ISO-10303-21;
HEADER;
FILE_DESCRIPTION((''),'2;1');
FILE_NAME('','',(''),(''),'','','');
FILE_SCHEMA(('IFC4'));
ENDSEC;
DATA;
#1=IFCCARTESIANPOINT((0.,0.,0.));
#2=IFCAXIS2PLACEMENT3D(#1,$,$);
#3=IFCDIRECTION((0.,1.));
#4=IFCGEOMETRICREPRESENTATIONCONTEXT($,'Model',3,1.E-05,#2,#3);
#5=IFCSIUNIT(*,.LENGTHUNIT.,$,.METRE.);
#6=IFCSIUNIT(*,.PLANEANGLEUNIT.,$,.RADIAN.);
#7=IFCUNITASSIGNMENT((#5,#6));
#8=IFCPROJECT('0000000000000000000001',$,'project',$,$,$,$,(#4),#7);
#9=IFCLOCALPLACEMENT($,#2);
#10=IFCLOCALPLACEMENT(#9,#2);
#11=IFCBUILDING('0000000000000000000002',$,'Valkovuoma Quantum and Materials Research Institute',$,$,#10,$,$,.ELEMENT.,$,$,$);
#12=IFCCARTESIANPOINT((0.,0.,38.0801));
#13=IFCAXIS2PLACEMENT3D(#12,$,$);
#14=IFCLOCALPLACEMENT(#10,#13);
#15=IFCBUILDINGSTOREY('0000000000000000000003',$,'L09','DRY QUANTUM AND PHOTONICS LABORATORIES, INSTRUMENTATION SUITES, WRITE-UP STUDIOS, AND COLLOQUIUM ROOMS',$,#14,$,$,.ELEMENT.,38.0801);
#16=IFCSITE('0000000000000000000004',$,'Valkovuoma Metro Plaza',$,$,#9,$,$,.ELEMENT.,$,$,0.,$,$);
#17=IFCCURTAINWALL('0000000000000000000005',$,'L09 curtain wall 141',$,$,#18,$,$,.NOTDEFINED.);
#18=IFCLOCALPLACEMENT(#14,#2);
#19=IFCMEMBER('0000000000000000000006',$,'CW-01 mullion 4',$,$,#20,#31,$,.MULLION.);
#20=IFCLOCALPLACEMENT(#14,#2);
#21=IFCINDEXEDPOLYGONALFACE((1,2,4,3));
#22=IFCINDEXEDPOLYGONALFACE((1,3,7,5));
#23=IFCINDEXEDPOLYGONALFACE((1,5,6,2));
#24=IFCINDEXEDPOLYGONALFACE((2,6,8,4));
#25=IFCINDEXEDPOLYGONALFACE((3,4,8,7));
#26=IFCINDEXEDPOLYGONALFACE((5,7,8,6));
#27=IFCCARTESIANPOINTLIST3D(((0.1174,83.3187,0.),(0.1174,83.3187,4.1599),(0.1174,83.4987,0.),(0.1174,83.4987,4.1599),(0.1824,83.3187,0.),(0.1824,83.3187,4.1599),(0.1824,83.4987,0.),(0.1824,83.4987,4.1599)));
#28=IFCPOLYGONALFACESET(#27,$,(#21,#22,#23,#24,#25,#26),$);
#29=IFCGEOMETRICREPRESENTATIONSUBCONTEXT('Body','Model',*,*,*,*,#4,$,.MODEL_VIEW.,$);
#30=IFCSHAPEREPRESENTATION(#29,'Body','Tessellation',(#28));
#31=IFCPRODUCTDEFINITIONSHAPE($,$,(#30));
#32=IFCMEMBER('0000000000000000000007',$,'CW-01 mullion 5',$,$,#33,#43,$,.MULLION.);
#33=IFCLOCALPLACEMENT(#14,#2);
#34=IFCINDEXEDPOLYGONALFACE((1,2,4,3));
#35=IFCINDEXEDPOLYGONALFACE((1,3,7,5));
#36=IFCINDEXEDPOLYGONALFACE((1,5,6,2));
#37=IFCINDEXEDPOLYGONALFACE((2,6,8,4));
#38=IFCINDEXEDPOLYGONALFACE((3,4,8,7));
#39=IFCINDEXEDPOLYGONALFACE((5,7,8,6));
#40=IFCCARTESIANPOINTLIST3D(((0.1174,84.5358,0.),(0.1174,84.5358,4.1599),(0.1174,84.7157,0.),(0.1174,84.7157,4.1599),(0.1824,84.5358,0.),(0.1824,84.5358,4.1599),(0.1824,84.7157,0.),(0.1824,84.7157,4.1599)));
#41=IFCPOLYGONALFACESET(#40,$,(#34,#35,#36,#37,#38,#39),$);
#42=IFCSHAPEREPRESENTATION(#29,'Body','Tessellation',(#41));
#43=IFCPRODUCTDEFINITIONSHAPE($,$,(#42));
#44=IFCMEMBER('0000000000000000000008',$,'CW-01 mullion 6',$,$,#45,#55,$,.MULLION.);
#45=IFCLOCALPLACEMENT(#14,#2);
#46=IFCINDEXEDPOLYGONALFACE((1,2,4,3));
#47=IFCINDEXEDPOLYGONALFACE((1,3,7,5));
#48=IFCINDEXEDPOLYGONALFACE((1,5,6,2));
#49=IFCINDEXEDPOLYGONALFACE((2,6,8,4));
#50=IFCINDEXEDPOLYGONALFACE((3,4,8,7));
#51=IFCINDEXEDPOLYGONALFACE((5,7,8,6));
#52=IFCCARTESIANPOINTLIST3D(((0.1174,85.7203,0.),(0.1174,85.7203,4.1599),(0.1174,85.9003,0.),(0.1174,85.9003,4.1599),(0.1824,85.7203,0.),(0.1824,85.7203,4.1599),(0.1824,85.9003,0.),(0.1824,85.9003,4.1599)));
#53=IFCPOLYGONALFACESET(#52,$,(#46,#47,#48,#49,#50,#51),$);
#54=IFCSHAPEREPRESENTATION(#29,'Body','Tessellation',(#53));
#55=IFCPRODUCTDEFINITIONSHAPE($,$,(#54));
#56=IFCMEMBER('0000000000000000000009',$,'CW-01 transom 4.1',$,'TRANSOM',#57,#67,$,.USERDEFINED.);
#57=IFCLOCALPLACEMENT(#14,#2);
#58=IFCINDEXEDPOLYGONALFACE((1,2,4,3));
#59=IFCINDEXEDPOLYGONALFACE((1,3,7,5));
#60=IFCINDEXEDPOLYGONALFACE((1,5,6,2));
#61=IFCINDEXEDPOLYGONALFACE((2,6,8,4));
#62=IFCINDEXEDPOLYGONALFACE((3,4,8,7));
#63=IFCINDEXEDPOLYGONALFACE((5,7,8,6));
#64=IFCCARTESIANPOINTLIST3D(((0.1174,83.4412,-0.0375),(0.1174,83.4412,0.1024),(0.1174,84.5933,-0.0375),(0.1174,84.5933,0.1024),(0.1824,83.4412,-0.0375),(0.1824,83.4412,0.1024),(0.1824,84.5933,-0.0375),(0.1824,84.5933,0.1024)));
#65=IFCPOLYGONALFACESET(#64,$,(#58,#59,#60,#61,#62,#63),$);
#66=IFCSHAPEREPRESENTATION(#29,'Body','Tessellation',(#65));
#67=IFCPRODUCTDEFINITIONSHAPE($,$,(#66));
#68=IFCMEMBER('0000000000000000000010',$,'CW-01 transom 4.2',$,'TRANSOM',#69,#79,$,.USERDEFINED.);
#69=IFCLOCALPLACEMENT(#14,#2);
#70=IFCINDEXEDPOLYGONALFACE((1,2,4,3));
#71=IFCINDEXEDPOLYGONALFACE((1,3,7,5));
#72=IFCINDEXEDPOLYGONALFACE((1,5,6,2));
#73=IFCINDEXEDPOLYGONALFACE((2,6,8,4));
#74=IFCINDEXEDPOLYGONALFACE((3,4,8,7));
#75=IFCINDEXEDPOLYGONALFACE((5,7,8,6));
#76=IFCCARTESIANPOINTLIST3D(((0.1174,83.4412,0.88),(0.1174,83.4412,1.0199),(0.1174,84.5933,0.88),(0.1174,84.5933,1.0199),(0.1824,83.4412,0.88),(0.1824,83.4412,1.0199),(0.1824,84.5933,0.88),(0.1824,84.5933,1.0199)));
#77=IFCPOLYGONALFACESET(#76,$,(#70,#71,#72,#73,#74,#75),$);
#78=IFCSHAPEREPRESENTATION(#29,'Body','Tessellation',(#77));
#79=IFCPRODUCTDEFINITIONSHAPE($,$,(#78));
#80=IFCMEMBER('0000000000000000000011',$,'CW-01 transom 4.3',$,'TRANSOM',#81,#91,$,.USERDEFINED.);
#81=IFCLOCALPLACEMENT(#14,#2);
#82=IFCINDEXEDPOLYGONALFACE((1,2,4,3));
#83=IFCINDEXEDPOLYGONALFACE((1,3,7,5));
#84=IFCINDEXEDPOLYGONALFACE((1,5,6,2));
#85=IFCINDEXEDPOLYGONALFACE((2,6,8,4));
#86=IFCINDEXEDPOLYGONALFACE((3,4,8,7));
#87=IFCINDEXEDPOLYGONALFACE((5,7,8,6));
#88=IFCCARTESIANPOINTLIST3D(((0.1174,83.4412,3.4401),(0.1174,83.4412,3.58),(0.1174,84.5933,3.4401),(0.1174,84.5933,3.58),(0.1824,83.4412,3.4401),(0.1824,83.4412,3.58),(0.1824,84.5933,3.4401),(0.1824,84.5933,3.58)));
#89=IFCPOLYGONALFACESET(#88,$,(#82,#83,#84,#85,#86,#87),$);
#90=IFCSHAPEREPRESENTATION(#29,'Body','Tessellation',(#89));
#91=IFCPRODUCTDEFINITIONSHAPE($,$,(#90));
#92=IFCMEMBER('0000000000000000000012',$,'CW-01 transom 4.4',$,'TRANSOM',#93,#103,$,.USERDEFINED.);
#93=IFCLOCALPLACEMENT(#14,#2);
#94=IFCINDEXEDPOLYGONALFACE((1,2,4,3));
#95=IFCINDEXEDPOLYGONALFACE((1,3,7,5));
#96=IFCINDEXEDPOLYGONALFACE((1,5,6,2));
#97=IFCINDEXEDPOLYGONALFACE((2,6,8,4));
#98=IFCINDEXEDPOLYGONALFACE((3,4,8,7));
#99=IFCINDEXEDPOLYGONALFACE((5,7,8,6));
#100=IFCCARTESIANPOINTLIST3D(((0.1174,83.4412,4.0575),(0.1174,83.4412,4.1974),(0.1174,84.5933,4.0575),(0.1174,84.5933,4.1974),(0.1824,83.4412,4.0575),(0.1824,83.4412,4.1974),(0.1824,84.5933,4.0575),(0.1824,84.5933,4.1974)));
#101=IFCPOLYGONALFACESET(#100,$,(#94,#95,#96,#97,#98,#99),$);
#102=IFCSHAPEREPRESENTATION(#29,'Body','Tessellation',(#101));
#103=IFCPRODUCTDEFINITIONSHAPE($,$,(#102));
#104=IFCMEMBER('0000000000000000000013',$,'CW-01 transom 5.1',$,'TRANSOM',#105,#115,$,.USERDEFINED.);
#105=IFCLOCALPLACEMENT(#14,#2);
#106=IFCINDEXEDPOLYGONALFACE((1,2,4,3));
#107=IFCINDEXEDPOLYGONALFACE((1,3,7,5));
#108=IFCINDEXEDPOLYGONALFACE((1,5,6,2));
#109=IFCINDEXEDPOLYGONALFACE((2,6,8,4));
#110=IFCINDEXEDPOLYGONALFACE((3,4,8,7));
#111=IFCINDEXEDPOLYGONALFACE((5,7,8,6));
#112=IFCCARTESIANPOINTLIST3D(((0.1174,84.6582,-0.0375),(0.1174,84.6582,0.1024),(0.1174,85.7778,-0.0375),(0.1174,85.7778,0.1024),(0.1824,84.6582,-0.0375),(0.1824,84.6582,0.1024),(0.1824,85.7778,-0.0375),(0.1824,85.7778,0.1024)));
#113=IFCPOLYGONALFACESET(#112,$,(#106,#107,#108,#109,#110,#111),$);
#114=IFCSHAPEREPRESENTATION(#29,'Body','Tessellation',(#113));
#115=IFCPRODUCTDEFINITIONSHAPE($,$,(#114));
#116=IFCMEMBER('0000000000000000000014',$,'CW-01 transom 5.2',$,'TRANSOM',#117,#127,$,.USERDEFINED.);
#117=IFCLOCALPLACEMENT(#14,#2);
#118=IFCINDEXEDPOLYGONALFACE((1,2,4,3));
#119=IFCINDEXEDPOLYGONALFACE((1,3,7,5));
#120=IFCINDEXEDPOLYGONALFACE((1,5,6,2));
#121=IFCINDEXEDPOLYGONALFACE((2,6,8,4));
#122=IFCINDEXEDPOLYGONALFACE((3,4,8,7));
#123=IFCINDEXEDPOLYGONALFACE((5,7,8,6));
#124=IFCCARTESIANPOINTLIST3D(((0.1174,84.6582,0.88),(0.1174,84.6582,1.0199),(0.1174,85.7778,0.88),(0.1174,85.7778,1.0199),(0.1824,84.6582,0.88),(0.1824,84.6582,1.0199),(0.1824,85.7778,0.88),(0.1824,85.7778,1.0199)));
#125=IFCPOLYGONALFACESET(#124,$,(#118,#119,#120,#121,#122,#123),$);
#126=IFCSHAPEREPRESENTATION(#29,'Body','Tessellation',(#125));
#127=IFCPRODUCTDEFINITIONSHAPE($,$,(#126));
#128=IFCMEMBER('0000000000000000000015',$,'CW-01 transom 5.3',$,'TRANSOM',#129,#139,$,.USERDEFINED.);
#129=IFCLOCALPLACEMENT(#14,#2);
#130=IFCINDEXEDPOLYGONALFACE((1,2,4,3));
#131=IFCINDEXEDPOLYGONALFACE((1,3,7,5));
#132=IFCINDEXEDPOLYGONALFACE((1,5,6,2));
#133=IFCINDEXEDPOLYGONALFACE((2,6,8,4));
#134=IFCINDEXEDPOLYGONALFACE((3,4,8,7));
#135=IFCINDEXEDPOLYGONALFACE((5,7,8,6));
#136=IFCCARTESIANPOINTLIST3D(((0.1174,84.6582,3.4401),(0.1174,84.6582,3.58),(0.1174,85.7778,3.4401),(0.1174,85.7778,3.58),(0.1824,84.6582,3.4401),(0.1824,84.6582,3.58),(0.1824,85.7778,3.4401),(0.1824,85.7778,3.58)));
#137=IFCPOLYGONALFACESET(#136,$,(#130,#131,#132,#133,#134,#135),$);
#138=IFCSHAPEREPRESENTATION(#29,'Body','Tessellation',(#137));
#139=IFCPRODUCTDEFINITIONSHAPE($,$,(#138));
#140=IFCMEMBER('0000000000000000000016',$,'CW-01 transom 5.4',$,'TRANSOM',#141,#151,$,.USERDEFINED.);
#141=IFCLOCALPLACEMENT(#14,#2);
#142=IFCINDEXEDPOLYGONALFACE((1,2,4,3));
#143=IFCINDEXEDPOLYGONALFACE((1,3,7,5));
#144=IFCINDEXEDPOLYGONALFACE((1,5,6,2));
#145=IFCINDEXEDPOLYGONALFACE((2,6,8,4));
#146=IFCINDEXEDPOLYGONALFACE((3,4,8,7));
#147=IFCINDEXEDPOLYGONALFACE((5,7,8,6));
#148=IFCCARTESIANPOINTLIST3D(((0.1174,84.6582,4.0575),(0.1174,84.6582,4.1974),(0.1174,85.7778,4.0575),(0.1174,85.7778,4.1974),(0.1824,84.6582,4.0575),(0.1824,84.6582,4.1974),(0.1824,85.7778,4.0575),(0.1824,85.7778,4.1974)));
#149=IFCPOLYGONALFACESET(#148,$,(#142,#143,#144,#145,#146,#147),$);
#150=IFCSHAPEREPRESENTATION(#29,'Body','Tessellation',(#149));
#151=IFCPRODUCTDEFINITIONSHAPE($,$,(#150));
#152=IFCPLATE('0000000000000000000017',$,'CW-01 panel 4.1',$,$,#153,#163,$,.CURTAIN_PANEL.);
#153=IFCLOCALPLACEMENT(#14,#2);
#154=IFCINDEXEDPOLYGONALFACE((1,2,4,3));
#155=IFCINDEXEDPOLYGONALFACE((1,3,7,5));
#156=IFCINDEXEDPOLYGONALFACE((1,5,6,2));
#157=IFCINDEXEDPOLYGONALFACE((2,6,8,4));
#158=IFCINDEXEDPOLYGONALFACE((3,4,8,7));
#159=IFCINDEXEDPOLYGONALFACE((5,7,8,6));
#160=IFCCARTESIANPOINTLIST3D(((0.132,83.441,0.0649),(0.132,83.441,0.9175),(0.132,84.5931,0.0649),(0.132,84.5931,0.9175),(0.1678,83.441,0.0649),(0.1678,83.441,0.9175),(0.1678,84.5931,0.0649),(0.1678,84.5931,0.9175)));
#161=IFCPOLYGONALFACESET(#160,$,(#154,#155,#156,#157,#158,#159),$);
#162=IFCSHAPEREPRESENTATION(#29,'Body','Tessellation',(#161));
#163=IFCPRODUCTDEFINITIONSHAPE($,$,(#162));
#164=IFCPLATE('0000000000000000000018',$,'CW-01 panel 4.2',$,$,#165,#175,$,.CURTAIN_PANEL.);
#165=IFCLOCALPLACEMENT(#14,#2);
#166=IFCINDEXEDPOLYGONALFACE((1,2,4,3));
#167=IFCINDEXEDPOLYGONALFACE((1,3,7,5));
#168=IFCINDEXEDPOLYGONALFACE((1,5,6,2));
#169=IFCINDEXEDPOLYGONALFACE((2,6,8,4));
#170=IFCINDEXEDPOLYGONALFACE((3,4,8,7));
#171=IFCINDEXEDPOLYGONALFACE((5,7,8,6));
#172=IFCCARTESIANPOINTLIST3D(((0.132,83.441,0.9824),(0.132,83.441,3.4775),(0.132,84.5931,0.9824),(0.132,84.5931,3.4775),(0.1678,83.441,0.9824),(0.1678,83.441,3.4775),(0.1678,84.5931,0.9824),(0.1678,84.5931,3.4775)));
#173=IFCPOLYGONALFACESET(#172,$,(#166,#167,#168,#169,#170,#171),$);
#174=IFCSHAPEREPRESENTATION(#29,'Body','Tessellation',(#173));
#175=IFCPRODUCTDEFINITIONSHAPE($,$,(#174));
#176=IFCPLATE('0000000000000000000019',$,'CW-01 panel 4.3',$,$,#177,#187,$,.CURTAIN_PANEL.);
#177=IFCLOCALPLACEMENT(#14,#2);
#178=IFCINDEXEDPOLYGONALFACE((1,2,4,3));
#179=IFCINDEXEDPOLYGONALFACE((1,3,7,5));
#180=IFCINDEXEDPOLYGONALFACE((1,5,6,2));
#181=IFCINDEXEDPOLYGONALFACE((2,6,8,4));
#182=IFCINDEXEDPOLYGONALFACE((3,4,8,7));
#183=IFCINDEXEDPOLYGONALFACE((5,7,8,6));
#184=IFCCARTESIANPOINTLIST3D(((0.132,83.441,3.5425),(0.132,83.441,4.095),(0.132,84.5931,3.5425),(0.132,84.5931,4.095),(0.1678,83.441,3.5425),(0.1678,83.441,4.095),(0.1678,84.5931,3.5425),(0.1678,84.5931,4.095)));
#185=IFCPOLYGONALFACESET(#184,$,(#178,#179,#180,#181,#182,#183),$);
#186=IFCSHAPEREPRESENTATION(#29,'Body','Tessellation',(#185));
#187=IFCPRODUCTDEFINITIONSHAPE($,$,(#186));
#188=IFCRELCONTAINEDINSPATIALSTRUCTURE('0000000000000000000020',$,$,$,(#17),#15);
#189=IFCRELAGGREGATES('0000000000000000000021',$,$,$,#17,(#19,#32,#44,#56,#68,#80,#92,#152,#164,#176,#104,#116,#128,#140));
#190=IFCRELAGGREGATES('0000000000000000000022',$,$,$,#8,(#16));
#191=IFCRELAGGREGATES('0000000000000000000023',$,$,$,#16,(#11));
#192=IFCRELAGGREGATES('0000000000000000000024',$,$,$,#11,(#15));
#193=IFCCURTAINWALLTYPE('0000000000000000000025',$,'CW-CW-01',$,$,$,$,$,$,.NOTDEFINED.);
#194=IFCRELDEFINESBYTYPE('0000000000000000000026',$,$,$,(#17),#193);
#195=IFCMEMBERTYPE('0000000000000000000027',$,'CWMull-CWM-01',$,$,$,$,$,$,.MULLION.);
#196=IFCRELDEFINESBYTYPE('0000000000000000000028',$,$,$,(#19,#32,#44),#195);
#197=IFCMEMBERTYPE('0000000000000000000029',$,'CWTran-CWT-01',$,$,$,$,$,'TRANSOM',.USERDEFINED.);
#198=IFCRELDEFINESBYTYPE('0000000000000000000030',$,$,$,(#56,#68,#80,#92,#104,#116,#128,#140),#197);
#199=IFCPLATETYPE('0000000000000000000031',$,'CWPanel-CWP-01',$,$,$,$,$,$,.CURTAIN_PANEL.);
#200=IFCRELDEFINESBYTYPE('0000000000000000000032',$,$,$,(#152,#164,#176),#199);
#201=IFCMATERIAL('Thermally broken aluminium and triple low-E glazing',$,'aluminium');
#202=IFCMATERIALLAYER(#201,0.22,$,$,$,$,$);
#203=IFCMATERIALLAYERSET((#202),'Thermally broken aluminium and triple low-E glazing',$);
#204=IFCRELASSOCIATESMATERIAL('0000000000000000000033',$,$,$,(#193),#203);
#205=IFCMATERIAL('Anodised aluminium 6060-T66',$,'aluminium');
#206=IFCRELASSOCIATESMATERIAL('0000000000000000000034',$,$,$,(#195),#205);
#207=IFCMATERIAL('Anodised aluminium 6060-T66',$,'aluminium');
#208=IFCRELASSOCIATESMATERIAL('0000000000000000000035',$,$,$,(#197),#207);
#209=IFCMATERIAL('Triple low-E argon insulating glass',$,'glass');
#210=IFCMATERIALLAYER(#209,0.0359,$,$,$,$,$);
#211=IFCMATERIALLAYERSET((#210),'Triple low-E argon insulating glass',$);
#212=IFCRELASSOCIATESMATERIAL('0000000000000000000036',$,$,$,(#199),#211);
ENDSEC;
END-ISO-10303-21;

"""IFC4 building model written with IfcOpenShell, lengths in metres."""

from ifc_helpers import new_model, si_unit, direction, frame, origin, origin_2d, place, context, subcontext, project, spatial, rectangle, extrude, material, layer, layer_set, material_profile, profile_set, type_object, element, aggregate, save


model = new_model("IFC4")

# Units and contexts
model_context = context("Model", 3, precision=1e-05, world=origin(), true_north=direction((0.0, 1.0)))
body_context = subcontext(model_context, "Body", "Model", "MODEL_VIEW")
ifc_project = project(units=[si_unit("LENGTHUNIT", "METRE"), si_unit("PLANEANGLEUNIT", "RADIAN")], contexts=[model_context])

# Site, building, storey
site_placement = place(None, origin())
site = spatial("IfcSite", under=ifc_project, at=site_placement, Name="Valkovuoma Metro Plaza", CompositionType="ELEMENT", RefElevation=0.0)
building_placement = place(site_placement, origin())
building = spatial("IfcBuilding", under=site, at=building_placement, Name="Valkovuoma Quantum and Materials Research Institute", CompositionType="ELEMENT")
storey_placement = place(building_placement, frame((0.0, 0.0, 38.0801)))
storey = spatial("IfcBuildingStorey", under=building, at=storey_placement, Name="L09", Description="DRY QUANTUM AND PHOTONICS LABORATORIES, INSTRUMENTATION SUITES, WRITE-UP STUDIOS, AND COLLOQUIUM ROOMS", CompositionType="ELEMENT", Elevation=38.0801)

# Curtain wall, members, plates
ifc_material_1 = material(Name="Thermally broken aluminium and triple low-E glazing", Category="aluminium")
ifc_layer_1 = layer(ifc_material_1, 0.22)
ifc_layer_set_1 = layer_set([ifc_layer_1], Name="Thermally broken aluminium and triple low-E glazing")
curtain_wall_type = type_object("IfcCurtainWallType", Name="CW-CW-01", PredefinedType="NOTDEFINED", material=ifc_layer_set_1)
curtain_wall_placement = place(storey_placement, origin())
curtain_wall = element("IfcCurtainWall", 1, at=curtain_wall_placement, inside=storey, type_object=curtain_wall_type, Name="L09 curtain wall 141", PredefinedType="NOTDEFINED")
ifc_material_2 = material(Name="Anodised aluminium 6060-T66", Category="aluminium")
ifc_material_profile_1 = material_profile(ifc_material_2, rectangle(XDim=0.0649, YDim=0.1799, at=origin_2d()), Name="Anodised aluminium 6060-T66")
ifc_profile_set_1 = profile_set([ifc_material_profile_1], Name="Anodised aluminium 6060-T66")
member_type_1 = type_object("IfcMemberType", Name="CWMull-CWM-01", PredefinedType="MULLION", material=ifc_profile_set_1)
member_1_placement = place(storey_placement, frame((0.1499, 83.4087, 0.0), z_axis=(0.0, 0.0, 1.0), x_axis=(-1.0, 0.0, 0.0)))
member_1 = element("IfcMember", 2, at=member_1_placement, type_object=member_type_1, Name="CW-01 mullion 4", PredefinedType="MULLION", context=body_context, shape_type="SweptSolid", body=[
    extrude(rectangle(XDim=0.0649, YDim=0.1799, at=origin_2d()), origin(), (0.0, 0.0, 1.0), 4.1599),
])
member_2_placement = place(storey_placement, frame((0.1499, 84.6257, 0.0), z_axis=(0.0, 0.0, 1.0), x_axis=(-1.0, 0.0, 0.0)))
member_2 = element("IfcMember", 3, at=member_2_placement, type_object=member_type_1, Name="CW-01 mullion 5", PredefinedType="MULLION", context=body_context, shape_type="SweptSolid", body=[
    extrude(rectangle(XDim=0.0649, YDim=0.1799, at=origin_2d()), origin(), (0.0, 0.0, 1.0), 4.1599),
])
member_3_placement = place(storey_placement, frame((0.1499, 85.8103, 0.0), z_axis=(0.0, 0.0, 1.0), x_axis=(-1.0, 0.0, 0.0)))
member_3 = element("IfcMember", 4, at=member_3_placement, type_object=member_type_1, Name="CW-01 mullion 6", PredefinedType="MULLION", context=body_context, shape_type="SweptSolid", body=[
    extrude(rectangle(XDim=0.0649, YDim=0.1799, at=origin_2d()), origin(), (0.0, 0.0, 1.0), 4.1599),
])
ifc_material_3 = material(Name="Anodised aluminium 6060-T66", Category="aluminium")
ifc_material_profile_2 = material_profile(ifc_material_3, rectangle(XDim=0.0649, YDim=0.1399, at=origin_2d()), Name="Anodised aluminium 6060-T66")
ifc_profile_set_2 = profile_set([ifc_material_profile_2], Name="Anodised aluminium 6060-T66")
member_type_2 = type_object("IfcMemberType", Name="CWTran-CWT-01", ElementType="TRANSOM", PredefinedType="USERDEFINED", material=ifc_profile_set_2)
member_4_placement = place(storey_placement, frame((0.1499, 83.4412, 0.0325), z_axis=(0.0, 1.0, 0.0), x_axis=(-1.0, 0.0, 0.0)))
member_4 = element("IfcMember", 5, at=member_4_placement, type_object=member_type_2, Name="CW-01 transom 4.1", ObjectType="TRANSOM", PredefinedType="USERDEFINED", context=body_context, shape_type="SweptSolid", body=[
    extrude(rectangle(XDim=0.0649, YDim=0.1399, at=origin_2d()), origin(), (0.0, 0.0, 1.0), 1.1521),
])
member_5_placement = place(storey_placement, frame((0.1499, 83.4412, 0.95), z_axis=(0.0, 1.0, 0.0), x_axis=(-1.0, 0.0, 0.0)))
member_5 = element("IfcMember", 6, at=member_5_placement, type_object=member_type_2, Name="CW-01 transom 4.2", ObjectType="TRANSOM", PredefinedType="USERDEFINED", context=body_context, shape_type="SweptSolid", body=[
    extrude(rectangle(XDim=0.0649, YDim=0.1399, at=origin_2d()), origin(), (0.0, 0.0, 1.0), 1.1521),
])
member_6_placement = place(storey_placement, frame((0.1499, 83.4412, 3.51), z_axis=(0.0, 1.0, 0.0), x_axis=(-1.0, 0.0, 0.0)))
member_6 = element("IfcMember", 7, at=member_6_placement, type_object=member_type_2, Name="CW-01 transom 4.3", ObjectType="TRANSOM", PredefinedType="USERDEFINED", context=body_context, shape_type="SweptSolid", body=[
    extrude(rectangle(XDim=0.0649, YDim=0.1399, at=origin_2d()), origin(), (0.0, 0.0, 1.0), 1.1521),
])
member_7_placement = place(storey_placement, frame((0.1499, 83.4412, 4.1274), z_axis=(0.0, 1.0, 0.0), x_axis=(-1.0, 0.0, 0.0)))
member_7 = element("IfcMember", 8, at=member_7_placement, type_object=member_type_2, Name="CW-01 transom 4.4", ObjectType="TRANSOM", PredefinedType="USERDEFINED", context=body_context, shape_type="SweptSolid", body=[
    extrude(rectangle(XDim=0.0649, YDim=0.1399, at=origin_2d()), origin(), (0.0, 0.0, 1.0), 1.1521),
])
member_8_placement = place(storey_placement, frame((0.1499, 84.6582, 0.0325), z_axis=(0.0, 1.0, 0.0), x_axis=(-1.0, 0.0, 0.0)))
member_8 = element("IfcMember", 9, at=member_8_placement, type_object=member_type_2, Name="CW-01 transom 5.1", ObjectType="TRANSOM", PredefinedType="USERDEFINED", context=body_context, shape_type="SweptSolid", body=[
    extrude(rectangle(XDim=0.0649, YDim=0.1399, at=origin_2d()), origin(), (0.0, 0.0, 1.0), 1.1196),
])
member_9_placement = place(storey_placement, frame((0.1499, 84.6582, 0.95), z_axis=(0.0, 1.0, 0.0), x_axis=(-1.0, 0.0, 0.0)))
member_9 = element("IfcMember", 10, at=member_9_placement, type_object=member_type_2, Name="CW-01 transom 5.2", ObjectType="TRANSOM", PredefinedType="USERDEFINED", context=body_context, shape_type="SweptSolid", body=[
    extrude(rectangle(XDim=0.0649, YDim=0.1399, at=origin_2d()), origin(), (0.0, 0.0, 1.0), 1.1196),
])
member_10_placement = place(storey_placement, frame((0.1499, 84.6582, 3.51), z_axis=(0.0, 1.0, 0.0), x_axis=(-1.0, 0.0, 0.0)))
member_10 = element("IfcMember", 11, at=member_10_placement, type_object=member_type_2, Name="CW-01 transom 5.3", ObjectType="TRANSOM", PredefinedType="USERDEFINED", context=body_context, shape_type="SweptSolid", body=[
    extrude(rectangle(XDim=0.0649, YDim=0.1399, at=origin_2d()), origin(), (0.0, 0.0, 1.0), 1.1196),
])
member_11_placement = place(storey_placement, frame((0.1499, 84.6582, 4.1274), z_axis=(0.0, 1.0, 0.0), x_axis=(-1.0, 0.0, 0.0)))
member_11 = element("IfcMember", 12, at=member_11_placement, type_object=member_type_2, Name="CW-01 transom 5.4", ObjectType="TRANSOM", PredefinedType="USERDEFINED", context=body_context, shape_type="SweptSolid", body=[
    extrude(rectangle(XDim=0.0649, YDim=0.1399, at=origin_2d()), origin(), (0.0, 0.0, 1.0), 1.1196),
])
ifc_material_4 = material(Name="Triple low-E argon insulating glass", Category="glass")
ifc_layer_2 = layer(ifc_material_4, 0.0359)
ifc_layer_set_2 = layer_set([ifc_layer_2], Name="Triple low-E argon insulating glass")
plate_type = type_object("IfcPlateType", Name="CWPanel-CWP-01", PredefinedType="CURTAIN_PANEL", material=ifc_layer_set_2)
plate_1_placement = place(storey_placement, frame((0.1499, 84.0171, 0.0649), z_axis=(0.0, 0.0, 1.0), x_axis=(0.0, 1.0, 0.0)))
plate_1 = element("IfcPlate", 13, at=plate_1_placement, type_object=plate_type, Name="CW-01 panel 4.1", PredefinedType="CURTAIN_PANEL", context=body_context, shape_type="SweptSolid", body=[
    extrude(rectangle(XDim=1.1521, YDim=0.0359, at=origin_2d()), origin(), (0.0, 0.0, 1.0), 0.8525),
])
plate_2_placement = place(storey_placement, frame((0.1499, 84.0171, 0.9824), z_axis=(0.0, 0.0, 1.0), x_axis=(0.0, 1.0, 0.0)))
plate_2 = element("IfcPlate", 14, at=plate_2_placement, type_object=plate_type, Name="CW-01 panel 4.2", PredefinedType="CURTAIN_PANEL", context=body_context, shape_type="SweptSolid", body=[
    extrude(rectangle(XDim=1.1521, YDim=0.0359, at=origin_2d()), origin(), (0.0, 0.0, 1.0), 2.4951),
])
plate_3_placement = place(storey_placement, frame((0.1499, 84.0171, 3.5425), z_axis=(0.0, 0.0, 1.0), x_axis=(0.0, 1.0, 0.0)))
plate_3 = element("IfcPlate", 15, at=plate_3_placement, type_object=plate_type, Name="CW-01 panel 4.3", PredefinedType="CURTAIN_PANEL", context=body_context, shape_type="SweptSolid", body=[
    extrude(rectangle(XDim=1.1521, YDim=0.0359, at=origin_2d()), origin(), (0.0, 0.0, 1.0), 0.5525),
])
aggregate(curtain_wall, [member_1, member_2, member_3, member_4, member_5, member_6, member_7, plate_1, plate_2, plate_3, member_8, member_9, member_10, member_11])

save(model, "model.ifc")
